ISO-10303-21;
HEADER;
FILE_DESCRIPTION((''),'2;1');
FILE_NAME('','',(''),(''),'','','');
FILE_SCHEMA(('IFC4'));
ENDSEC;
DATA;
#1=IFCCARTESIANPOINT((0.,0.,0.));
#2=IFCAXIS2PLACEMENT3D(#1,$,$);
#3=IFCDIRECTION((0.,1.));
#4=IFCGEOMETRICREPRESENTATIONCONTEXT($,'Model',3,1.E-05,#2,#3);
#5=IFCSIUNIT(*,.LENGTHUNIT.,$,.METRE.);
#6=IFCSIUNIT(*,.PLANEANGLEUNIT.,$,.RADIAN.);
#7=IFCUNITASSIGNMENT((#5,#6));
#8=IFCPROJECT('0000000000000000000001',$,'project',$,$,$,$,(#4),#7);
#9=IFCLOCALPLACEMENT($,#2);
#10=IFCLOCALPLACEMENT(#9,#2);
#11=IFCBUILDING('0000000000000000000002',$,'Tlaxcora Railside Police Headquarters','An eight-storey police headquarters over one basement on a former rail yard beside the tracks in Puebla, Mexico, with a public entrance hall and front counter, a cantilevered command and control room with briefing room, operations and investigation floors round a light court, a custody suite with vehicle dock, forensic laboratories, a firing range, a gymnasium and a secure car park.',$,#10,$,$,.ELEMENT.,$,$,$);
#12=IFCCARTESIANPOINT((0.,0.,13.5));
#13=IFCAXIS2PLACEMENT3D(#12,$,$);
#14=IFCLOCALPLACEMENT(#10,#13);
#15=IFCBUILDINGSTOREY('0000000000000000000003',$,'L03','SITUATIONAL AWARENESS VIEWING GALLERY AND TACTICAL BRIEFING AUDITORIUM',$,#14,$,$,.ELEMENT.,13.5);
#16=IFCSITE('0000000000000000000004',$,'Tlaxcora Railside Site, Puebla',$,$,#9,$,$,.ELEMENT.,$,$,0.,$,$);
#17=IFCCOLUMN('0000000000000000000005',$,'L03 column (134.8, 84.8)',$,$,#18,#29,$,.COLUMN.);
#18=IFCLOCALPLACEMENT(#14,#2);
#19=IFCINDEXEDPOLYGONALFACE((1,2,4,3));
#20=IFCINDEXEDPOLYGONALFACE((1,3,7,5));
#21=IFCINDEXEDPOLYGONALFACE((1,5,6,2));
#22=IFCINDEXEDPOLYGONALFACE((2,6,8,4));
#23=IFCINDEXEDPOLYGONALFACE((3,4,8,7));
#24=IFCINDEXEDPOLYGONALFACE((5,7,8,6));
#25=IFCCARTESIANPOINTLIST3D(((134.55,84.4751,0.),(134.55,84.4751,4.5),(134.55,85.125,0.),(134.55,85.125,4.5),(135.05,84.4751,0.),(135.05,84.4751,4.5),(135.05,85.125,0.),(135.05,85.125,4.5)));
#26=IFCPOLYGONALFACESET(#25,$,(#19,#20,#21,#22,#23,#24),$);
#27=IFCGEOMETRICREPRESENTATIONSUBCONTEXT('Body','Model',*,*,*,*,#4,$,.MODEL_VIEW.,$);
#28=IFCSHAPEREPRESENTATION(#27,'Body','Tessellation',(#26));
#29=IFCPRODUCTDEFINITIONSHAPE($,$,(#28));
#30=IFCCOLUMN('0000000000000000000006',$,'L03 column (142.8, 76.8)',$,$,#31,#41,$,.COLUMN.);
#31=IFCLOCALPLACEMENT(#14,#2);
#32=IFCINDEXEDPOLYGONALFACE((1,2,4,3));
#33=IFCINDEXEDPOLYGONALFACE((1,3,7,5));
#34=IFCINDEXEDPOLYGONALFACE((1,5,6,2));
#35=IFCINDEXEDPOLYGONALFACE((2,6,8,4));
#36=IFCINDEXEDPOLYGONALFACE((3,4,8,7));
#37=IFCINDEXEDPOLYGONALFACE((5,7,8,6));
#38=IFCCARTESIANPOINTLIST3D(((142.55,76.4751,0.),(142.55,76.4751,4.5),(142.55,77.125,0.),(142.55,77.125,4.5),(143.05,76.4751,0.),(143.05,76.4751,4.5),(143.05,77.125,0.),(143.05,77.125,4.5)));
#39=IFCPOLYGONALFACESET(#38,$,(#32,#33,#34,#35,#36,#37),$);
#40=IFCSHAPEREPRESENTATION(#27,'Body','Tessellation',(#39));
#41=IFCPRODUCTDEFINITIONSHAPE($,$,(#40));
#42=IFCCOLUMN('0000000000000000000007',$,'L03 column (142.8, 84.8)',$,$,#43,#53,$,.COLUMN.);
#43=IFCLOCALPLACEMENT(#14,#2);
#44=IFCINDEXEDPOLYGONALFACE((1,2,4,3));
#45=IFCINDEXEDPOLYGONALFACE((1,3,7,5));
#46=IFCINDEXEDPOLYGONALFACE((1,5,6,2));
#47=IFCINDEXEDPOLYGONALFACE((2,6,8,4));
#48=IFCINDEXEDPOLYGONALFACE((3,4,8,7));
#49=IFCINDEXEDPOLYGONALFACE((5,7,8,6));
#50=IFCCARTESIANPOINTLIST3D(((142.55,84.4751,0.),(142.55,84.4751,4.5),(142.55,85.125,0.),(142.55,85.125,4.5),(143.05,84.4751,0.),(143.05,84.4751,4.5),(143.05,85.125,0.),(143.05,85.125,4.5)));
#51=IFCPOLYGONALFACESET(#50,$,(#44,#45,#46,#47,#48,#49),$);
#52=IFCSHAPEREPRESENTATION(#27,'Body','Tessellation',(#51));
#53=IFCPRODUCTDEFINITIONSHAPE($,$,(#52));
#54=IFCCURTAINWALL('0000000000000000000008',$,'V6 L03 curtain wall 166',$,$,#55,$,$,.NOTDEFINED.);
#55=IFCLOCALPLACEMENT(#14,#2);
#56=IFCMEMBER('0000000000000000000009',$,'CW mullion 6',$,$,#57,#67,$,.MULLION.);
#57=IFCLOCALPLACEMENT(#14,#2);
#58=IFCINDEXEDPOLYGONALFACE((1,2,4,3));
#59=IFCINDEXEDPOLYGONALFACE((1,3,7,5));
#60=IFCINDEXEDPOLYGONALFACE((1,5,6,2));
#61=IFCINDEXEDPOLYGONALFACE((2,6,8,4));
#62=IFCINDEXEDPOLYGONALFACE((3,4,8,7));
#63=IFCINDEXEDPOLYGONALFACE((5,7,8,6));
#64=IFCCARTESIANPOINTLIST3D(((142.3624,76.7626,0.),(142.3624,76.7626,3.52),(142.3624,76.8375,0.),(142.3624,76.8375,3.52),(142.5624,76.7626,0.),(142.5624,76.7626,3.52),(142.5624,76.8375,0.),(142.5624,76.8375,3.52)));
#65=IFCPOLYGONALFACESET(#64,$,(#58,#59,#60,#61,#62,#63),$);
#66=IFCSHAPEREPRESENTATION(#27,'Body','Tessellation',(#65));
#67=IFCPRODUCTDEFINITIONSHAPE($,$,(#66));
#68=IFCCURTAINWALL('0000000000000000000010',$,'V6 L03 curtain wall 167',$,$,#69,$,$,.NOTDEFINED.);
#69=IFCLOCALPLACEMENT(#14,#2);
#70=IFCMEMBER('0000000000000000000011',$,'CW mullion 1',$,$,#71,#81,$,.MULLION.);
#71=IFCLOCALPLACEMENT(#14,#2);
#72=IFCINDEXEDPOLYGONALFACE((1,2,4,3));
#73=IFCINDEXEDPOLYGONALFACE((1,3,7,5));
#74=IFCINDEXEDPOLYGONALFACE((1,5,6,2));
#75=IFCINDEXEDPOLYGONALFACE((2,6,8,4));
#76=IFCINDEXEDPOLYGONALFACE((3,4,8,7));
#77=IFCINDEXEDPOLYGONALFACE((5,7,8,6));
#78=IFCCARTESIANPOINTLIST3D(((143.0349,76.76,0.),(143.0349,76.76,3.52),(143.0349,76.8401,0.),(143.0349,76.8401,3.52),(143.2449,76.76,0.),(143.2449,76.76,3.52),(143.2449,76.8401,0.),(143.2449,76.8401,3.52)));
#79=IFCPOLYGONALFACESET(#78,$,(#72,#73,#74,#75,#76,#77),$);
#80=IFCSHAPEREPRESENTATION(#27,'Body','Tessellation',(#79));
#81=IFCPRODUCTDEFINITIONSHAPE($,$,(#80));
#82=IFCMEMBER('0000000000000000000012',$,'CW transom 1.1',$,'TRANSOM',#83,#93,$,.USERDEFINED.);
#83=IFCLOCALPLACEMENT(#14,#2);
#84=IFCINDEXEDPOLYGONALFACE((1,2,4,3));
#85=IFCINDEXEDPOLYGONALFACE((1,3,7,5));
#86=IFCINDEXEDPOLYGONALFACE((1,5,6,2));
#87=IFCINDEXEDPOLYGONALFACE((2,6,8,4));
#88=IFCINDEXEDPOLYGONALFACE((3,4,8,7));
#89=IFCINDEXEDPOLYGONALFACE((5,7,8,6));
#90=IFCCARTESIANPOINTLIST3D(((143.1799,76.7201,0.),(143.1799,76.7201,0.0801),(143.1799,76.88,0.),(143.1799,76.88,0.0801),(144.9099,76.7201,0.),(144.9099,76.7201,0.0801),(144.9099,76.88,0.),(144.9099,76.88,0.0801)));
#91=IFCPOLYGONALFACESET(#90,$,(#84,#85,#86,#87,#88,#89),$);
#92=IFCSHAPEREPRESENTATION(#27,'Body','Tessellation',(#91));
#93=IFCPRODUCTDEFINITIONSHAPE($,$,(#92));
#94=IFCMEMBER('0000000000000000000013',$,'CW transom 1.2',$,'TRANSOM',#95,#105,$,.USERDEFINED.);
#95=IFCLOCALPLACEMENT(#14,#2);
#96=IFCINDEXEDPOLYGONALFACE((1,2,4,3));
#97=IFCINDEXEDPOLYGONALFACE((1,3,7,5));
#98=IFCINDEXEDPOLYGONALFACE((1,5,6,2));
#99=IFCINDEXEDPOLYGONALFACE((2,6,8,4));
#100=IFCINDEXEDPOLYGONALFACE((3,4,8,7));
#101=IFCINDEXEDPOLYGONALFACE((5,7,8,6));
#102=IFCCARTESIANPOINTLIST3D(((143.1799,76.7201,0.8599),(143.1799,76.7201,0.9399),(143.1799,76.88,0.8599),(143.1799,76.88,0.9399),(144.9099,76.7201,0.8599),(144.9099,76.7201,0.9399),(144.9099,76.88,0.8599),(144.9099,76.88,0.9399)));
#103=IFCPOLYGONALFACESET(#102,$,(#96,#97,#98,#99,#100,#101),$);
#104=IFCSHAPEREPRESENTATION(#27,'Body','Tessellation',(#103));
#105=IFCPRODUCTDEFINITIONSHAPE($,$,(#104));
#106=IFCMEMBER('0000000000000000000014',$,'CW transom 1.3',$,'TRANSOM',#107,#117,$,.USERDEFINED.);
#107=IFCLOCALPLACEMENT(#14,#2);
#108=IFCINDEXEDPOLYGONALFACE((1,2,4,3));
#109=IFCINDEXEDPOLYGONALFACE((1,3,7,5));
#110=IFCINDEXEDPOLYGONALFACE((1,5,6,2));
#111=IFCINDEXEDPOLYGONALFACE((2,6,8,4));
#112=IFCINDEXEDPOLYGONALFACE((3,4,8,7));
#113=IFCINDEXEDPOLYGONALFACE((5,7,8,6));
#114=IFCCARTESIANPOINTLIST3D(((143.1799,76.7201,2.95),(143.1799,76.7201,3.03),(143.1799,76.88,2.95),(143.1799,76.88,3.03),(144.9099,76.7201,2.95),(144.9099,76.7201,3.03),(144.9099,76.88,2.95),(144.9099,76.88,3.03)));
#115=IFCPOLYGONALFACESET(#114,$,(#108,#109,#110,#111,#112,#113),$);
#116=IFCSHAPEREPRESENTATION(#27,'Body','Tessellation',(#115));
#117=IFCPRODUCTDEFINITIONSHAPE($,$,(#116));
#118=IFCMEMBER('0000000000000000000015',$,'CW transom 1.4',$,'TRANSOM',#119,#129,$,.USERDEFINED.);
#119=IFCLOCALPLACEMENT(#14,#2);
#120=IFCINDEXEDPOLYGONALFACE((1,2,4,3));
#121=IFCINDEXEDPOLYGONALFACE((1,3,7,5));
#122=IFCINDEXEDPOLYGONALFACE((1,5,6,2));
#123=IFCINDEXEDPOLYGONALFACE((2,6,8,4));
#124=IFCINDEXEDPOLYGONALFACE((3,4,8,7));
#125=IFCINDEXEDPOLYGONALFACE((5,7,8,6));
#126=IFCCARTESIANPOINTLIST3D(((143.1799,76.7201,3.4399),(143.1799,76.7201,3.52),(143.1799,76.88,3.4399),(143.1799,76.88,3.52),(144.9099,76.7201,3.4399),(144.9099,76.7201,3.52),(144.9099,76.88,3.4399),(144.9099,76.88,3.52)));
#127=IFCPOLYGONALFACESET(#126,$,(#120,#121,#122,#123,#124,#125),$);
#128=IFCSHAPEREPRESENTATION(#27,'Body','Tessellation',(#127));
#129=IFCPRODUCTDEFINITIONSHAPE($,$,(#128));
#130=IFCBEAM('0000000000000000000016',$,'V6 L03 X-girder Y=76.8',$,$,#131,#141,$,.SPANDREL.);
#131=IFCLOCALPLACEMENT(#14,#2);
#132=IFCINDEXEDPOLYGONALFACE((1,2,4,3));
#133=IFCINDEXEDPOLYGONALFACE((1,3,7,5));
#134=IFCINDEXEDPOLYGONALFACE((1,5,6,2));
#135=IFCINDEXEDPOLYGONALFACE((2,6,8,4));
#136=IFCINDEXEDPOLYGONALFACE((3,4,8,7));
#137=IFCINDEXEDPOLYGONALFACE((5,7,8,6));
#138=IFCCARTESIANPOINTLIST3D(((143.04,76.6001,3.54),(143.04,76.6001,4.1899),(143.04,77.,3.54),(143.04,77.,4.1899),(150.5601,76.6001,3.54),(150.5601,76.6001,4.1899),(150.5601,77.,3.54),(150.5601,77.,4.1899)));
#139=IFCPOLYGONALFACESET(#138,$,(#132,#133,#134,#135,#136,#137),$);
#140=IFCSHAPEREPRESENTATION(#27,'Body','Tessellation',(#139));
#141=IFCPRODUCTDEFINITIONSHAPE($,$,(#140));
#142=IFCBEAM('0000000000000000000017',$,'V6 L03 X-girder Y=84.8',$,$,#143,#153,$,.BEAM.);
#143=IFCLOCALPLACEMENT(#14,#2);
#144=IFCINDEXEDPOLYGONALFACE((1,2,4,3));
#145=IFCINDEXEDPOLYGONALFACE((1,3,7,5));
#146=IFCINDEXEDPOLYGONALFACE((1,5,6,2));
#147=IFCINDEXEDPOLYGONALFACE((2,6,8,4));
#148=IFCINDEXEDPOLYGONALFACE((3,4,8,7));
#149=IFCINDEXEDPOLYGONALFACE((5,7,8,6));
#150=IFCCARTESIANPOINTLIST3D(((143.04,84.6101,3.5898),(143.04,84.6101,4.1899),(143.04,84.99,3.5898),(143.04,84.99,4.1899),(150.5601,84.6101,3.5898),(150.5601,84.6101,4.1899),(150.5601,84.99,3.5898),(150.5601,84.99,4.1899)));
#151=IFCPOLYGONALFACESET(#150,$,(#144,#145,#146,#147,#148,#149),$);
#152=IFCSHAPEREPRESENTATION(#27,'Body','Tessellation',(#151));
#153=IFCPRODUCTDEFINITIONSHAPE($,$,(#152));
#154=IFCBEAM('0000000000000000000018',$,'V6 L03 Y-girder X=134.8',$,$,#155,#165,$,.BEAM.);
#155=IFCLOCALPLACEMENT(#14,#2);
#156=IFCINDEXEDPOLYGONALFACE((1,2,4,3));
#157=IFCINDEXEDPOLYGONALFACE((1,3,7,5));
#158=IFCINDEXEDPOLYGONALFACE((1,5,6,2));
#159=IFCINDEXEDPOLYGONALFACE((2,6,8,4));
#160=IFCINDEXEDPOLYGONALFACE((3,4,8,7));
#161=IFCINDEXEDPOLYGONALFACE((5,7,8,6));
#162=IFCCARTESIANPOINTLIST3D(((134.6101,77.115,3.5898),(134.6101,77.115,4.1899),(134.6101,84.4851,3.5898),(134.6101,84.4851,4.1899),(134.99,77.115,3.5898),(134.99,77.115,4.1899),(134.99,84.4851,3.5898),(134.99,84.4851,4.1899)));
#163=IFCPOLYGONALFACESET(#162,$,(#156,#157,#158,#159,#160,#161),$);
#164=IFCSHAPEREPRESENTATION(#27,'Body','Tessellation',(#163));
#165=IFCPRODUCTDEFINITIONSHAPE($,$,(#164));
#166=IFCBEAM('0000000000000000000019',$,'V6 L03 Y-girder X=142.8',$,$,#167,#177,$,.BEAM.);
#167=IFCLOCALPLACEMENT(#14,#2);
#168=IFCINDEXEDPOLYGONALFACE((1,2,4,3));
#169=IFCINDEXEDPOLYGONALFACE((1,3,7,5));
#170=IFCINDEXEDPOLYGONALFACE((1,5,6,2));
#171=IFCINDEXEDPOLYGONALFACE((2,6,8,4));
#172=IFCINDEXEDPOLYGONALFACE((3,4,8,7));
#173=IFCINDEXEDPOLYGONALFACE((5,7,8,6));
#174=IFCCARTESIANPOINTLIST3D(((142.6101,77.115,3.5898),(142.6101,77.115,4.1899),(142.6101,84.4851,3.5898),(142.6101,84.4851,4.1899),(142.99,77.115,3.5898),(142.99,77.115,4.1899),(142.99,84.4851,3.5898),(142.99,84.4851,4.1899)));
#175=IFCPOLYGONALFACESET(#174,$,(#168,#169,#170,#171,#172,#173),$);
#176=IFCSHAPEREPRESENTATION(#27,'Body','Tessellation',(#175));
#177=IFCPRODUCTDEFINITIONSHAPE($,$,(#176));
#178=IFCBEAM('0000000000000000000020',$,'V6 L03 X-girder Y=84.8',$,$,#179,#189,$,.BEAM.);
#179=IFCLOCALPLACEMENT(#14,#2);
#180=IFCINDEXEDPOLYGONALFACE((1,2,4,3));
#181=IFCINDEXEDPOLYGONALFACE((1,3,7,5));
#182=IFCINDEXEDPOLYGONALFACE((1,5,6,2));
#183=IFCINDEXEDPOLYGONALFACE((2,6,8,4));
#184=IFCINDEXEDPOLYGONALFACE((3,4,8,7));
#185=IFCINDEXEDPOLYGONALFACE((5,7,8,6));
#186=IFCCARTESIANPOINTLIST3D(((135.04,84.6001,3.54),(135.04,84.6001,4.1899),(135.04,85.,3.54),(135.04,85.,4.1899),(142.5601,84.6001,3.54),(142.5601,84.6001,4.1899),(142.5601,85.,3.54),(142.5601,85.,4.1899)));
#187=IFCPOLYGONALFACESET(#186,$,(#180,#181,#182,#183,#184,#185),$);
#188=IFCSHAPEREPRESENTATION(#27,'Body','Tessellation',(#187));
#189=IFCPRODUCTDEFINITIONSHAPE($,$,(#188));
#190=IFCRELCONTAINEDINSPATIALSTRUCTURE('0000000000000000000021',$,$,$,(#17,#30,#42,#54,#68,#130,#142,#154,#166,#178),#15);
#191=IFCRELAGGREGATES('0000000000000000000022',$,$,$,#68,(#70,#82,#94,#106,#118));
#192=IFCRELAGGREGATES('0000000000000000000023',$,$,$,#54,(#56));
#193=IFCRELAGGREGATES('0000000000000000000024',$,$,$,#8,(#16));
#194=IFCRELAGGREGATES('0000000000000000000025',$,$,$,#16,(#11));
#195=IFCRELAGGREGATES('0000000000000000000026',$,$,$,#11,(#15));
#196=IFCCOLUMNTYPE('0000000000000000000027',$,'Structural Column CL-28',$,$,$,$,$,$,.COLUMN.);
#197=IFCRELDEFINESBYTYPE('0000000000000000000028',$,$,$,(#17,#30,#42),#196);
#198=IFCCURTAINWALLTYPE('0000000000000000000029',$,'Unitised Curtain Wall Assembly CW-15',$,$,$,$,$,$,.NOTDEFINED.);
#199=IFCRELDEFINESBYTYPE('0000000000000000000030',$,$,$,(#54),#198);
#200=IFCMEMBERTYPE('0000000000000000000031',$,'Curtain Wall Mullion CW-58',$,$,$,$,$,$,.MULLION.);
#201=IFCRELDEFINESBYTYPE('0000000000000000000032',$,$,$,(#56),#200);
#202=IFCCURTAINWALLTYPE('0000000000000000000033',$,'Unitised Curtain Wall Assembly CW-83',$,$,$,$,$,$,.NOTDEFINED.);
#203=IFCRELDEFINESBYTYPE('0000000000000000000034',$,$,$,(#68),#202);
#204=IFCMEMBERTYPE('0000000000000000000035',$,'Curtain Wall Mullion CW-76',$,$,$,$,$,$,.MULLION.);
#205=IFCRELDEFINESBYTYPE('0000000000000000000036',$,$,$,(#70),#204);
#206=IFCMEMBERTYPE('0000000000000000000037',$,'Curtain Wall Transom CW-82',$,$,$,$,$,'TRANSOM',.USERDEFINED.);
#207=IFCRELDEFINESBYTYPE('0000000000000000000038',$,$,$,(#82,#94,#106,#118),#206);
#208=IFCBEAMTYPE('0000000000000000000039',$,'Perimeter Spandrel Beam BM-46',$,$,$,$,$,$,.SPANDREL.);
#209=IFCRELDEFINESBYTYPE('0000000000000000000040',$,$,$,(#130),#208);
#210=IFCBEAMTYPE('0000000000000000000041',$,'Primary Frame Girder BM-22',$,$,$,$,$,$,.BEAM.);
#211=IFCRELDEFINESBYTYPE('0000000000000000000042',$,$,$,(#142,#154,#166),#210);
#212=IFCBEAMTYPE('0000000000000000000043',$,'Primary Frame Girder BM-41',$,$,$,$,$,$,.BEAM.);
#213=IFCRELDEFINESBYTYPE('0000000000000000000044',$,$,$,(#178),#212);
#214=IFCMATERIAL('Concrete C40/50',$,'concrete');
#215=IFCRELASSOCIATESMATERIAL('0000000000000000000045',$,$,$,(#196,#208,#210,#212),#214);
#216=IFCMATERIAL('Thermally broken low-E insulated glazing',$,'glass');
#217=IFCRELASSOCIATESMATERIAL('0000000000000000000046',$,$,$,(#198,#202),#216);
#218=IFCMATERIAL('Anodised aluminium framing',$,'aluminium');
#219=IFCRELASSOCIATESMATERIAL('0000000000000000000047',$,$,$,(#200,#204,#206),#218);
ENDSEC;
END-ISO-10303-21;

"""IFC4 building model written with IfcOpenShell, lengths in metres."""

from ifc_helpers import new_model, si_unit, direction, frame, origin, origin_2d, place, context, subcontext, project, spatial, rectangle, extrude, material, material_profile, profile_set, type_object, element, aggregate, save


model = new_model("IFC4")

# Units and contexts
model_context = context("Model", 3, precision=1e-05, world=origin(), true_north=direction((0.0, 1.0)))
body_context = subcontext(model_context, "Body", "Model", "MODEL_VIEW")
ifc_project = project(units=[si_unit("LENGTHUNIT", "METRE"), si_unit("PLANEANGLEUNIT", "RADIAN")], contexts=[model_context])

# Site, building, storey
site_placement = place(None, origin())
site = spatial("IfcSite", under=ifc_project, at=site_placement, Name="Tlaxcora Railside Site, Puebla", CompositionType="ELEMENT", RefElevation=0.0)
building_placement = place(site_placement, origin())
building = spatial("IfcBuilding", under=site, at=building_placement, Name="Tlaxcora Railside Police Headquarters", Description="An eight-storey police headquarters over one basement on a former rail yard beside the tracks in Puebla, Mexico, with a public entrance hall and front counter, a cantilevered command and control room with briefing room, operations and investigation floors round a light court, a custody suite with vehicle dock, forensic laboratories, a firing range, a gymnasium and a secure car park.", CompositionType="ELEMENT")
storey_placement = place(building_placement, frame((0.0, 0.0, 13.5)))
storey = spatial("IfcBuildingStorey", under=building, at=storey_placement, Name="L03", Description="SITUATIONAL AWARENESS VIEWING GALLERY AND TACTICAL BRIEFING AUDITORIUM", CompositionType="ELEMENT", Elevation=13.5)

# Columns
ifc_material_1 = material(Name="Concrete C40/50", Category="concrete")
ifc_material_profile_1 = material_profile(ifc_material_1, rectangle(XDim=0.5, YDim=0.6499, at=origin_2d()), Name="RC500X650")
ifc_profile_set_1 = profile_set([ifc_material_profile_1], Name="Concrete C40/50")
column_type = type_object("IfcColumnType", Name="Structural Column CL-28", PredefinedType="COLUMN", material=ifc_profile_set_1)
for number, where, z_axis, x_axis, name in (
    (1, (134.8, 84.8, 0.0), (0.0, 0.0, 1.0), (1.0, 0.0, 0.0), "L03 column (134.8, 84.8)"),
    (2, (142.8, 76.8, 0.0), (0.0, 0.0, 1.0), (1.0, 0.0, 0.0), "L03 column (142.8, 76.8)"),
    (3, (142.8, 84.8, 0.0), (0.0, 0.0, 1.0), (1.0, 0.0, 0.0), "L03 column (142.8, 84.8)"),
):
    element("IfcColumn", number, at=place(storey_placement, frame(where, z_axis=z_axis, x_axis=x_axis)), inside=storey, type_object=column_type, Name=name, PredefinedType="COLUMN", context=body_context, shape_type="SweptSolid", body=[
        extrude(rectangle(XDim=0.5, YDim=0.6499, at=origin_2d()), origin(), (0.0, 0.0, 1.0), 4.5),
    ])

# Curtain wall, member
ifc_material_2 = material(Name="Thermally broken low-E insulated glazing", Category="glass")
curtain_wall_type_1 = type_object("IfcCurtainWallType", Name="Unitised Curtain Wall Assembly CW-15", PredefinedType="NOTDEFINED", material=ifc_material_2)
curtain_wall_1_placement = place(storey_placement, origin())
curtain_wall_1 = element("IfcCurtainWall", 4, at=curtain_wall_1_placement, inside=storey, type_object=curtain_wall_type_1, Name="V6 L03 curtain wall 166", PredefinedType="NOTDEFINED")
ifc_material_3 = material(Name="Anodised aluminium framing", Category="aluminium")
ifc_material_profile_2 = material_profile(ifc_material_3, rectangle(XDim=0.075, YDim=0.2, at=origin_2d()), Name="AL75X200")
ifc_profile_set_2 = profile_set([ifc_material_profile_2], Name="Anodised aluminium framing")
member_type_1 = type_object("IfcMemberType", Name="Curtain Wall Mullion CW-58", PredefinedType="MULLION", material=ifc_profile_set_2)
member_1_placement = place(storey_placement, frame((142.4624, 76.8, 0.0), z_axis=(0.0, 0.0, 1.0), x_axis=(0.0, 1.0, 0.0)))
member_1 = element("IfcMember", 5, at=member_1_placement, type_object=member_type_1, Name="CW mullion 6", PredefinedType="MULLION", context=body_context, shape_type="SweptSolid", body=[
    extrude(rectangle(XDim=0.075, YDim=0.2, at=origin_2d()), origin(), (0.0, 0.0, 1.0), 3.52),
])

# Curtain wall, members
curtain_wall_type_2 = type_object("IfcCurtainWallType", Name="Unitised Curtain Wall Assembly CW-83", PredefinedType="NOTDEFINED", material=ifc_material_2)
curtain_wall_2_placement = place(storey_placement, origin())
curtain_wall_2 = element("IfcCurtainWall", 6, at=curtain_wall_2_placement, inside=storey, type_object=curtain_wall_type_2, Name="V6 L03 curtain wall 167", PredefinedType="NOTDEFINED")
ifc_material_profile_3 = material_profile(ifc_material_3, rectangle(XDim=0.0801, YDim=0.21, at=origin_2d()), Name="AL80X210")
ifc_profile_set_3 = profile_set([ifc_material_profile_3], Name="Anodised aluminium framing")
member_type_2 = type_object("IfcMemberType", Name="Curtain Wall Mullion CW-76", PredefinedType="MULLION", material=ifc_profile_set_3)
member_2_placement = place(storey_placement, frame((143.1399, 76.8, 0.0), z_axis=(0.0, 0.0, 1.0), x_axis=(0.0, 1.0, 0.0)))
member_2 = element("IfcMember", 7, at=member_2_placement, type_object=member_type_2, Name="CW mullion 1", PredefinedType="MULLION", context=body_context, shape_type="SweptSolid", body=[
    extrude(rectangle(XDim=0.0801, YDim=0.21, at=origin_2d()), origin(), (0.0, 0.0, 1.0), 3.52),
])
ifc_material_profile_4 = material_profile(ifc_material_3, rectangle(XDim=0.1599, YDim=0.0801, at=origin_2d()), Name="AL80X160")
ifc_profile_set_4 = profile_set([ifc_material_profile_4], Name="Anodised aluminium framing")
member_type_3 = type_object("IfcMemberType", Name="Curtain Wall Transom CW-82", ElementType="TRANSOM", PredefinedType="USERDEFINED", material=ifc_profile_set_4)
member_3_placement = place(storey_placement, frame((143.1799, 76.8, 0.04), z_axis=(1.0, 0.0, 0.0), x_axis=(0.0, 1.0, 0.0)))
member_3 = element("IfcMember", 8, at=member_3_placement, type_object=member_type_3, Name="CW transom 1.1", ObjectType="TRANSOM", PredefinedType="USERDEFINED", context=body_context, shape_type="SweptSolid", body=[
    extrude(rectangle(XDim=0.1599, YDim=0.0801, at=origin_2d()), origin(), (0.0, 0.0, 1.0), 1.73),
])
member_4_placement = place(storey_placement, frame((143.1799, 76.8, 0.8999), z_axis=(1.0, 0.0, 0.0), x_axis=(0.0, 1.0, 0.0)))
member_4 = element("IfcMember", 9, at=member_4_placement, type_object=member_type_3, Name="CW transom 1.2", ObjectType="TRANSOM", PredefinedType="USERDEFINED", context=body_context, shape_type="SweptSolid", body=[
    extrude(rectangle(XDim=0.1599, YDim=0.0801, at=origin_2d()), origin(), (0.0, 0.0, 1.0), 1.73),
])
member_5_placement = place(storey_placement, frame((143.1799, 76.8, 2.99), z_axis=(1.0, 0.0, 0.0), x_axis=(0.0, 1.0, 0.0)))
member_5 = element("IfcMember", 10, at=member_5_placement, type_object=member_type_3, Name="CW transom 1.3", ObjectType="TRANSOM", PredefinedType="USERDEFINED", context=body_context, shape_type="SweptSolid", body=[
    extrude(rectangle(XDim=0.1599, YDim=0.0801, at=origin_2d()), origin(), (0.0, 0.0, 1.0), 1.73),
])
member_6_placement = place(storey_placement, frame((143.1799, 76.8, 3.48), z_axis=(1.0, 0.0, 0.0), x_axis=(0.0, 1.0, 0.0)))
member_6 = element("IfcMember", 11, at=member_6_placement, type_object=member_type_3, Name="CW transom 1.4", ObjectType="TRANSOM", PredefinedType="USERDEFINED", context=body_context, shape_type="SweptSolid", body=[
    extrude(rectangle(XDim=0.1599, YDim=0.0801, at=origin_2d()), origin(), (0.0, 0.0, 1.0), 1.73),
])
aggregate(curtain_wall_2, [member_2, member_3, member_4, member_5, member_6])

# Beams
ifc_material_profile_5 = material_profile(ifc_material_1, rectangle(XDim=0.3999, YDim=0.6499, at=origin_2d()), Name="RC400X650")
ifc_profile_set_5 = profile_set([ifc_material_profile_5], Name="Concrete C40/50")
beam_type_1 = type_object("IfcBeamType", Name="Perimeter Spandrel Beam BM-46", PredefinedType="SPANDREL", material=ifc_profile_set_5)
beam_1_placement = place(storey_placement, frame((143.04, 76.8, 3.865), z_axis=(1.0, 0.0, 0.0), x_axis=(0.0, 1.0, 0.0)))
element("IfcBeam", 12, at=beam_1_placement, inside=storey, type_object=beam_type_1, Name="V6 L03 X-girder Y=76.8", PredefinedType="SPANDREL", context=body_context, shape_type="SweptSolid", body=[
    extrude(rectangle(XDim=0.3999, YDim=0.6499, at=origin_2d()), origin(), (0.0, 0.0, 1.0), 7.52),
])
ifc_material_profile_6 = material_profile(ifc_material_1, rectangle(XDim=0.3799, YDim=0.6001, at=origin_2d()), Name="RC380X600")
ifc_profile_set_6 = profile_set([ifc_material_profile_6], Name="Concrete C40/50")
beam_type_2 = type_object("IfcBeamType", Name="Primary Frame Girder BM-22", PredefinedType="BEAM", material=ifc_profile_set_6)
beam_2_placement = place(storey_placement, frame((143.04, 84.8, 3.8899), z_axis=(1.0, 0.0, 0.0), x_axis=(0.0, 1.0, 0.0)))
element("IfcBeam", 13, at=beam_2_placement, inside=storey, type_object=beam_type_2, Name="V6 L03 X-girder Y=84.8", PredefinedType="BEAM", context=body_context, shape_type="SweptSolid", body=[
    extrude(rectangle(XDim=0.3799, YDim=0.6001, at=origin_2d()), origin(), (0.0, 0.0, 1.0), 7.52),
])
for number, where, z_axis, x_axis, name in (
    (14, (134.8, 77.115, 3.8899), (0.0, 1.0, 0.0), (-1.0, 0.0, 0.0), "V6 L03 Y-girder X=134.8"),
    (15, (142.8, 77.115, 3.8899), (0.0, 1.0, 0.0), (-1.0, 0.0, 0.0), "V6 L03 Y-girder X=142.8"),
):
    element("IfcBeam", number, at=place(storey_placement, frame(where, z_axis=z_axis, x_axis=x_axis)), inside=storey, type_object=beam_type_2, Name=name, PredefinedType="BEAM", context=body_context, shape_type="SweptSolid", body=[
        extrude(rectangle(XDim=0.3799, YDim=0.6001, at=origin_2d()), origin(), (0.0, 0.0, 1.0), 7.3701),
    ])
ifc_material_profile_7 = material_profile(ifc_material_1, rectangle(XDim=0.3999, YDim=0.6499, at=origin_2d()), Name="RC400X650")
ifc_profile_set_7 = profile_set([ifc_material_profile_7], Name="Concrete C40/50")
beam_type_3 = type_object("IfcBeamType", Name="Primary Frame Girder BM-41", PredefinedType="BEAM", material=ifc_profile_set_7)
beam_3_placement = place(storey_placement, frame((135.04, 84.8, 3.865), z_axis=(1.0, 0.0, 0.0), x_axis=(0.0, 1.0, 0.0)))
element("IfcBeam", 16, at=beam_3_placement, inside=storey, type_object=beam_type_3, Name="V6 L03 X-girder Y=84.8", PredefinedType="BEAM", context=body_context, shape_type="SweptSolid", body=[
    extrude(rectangle(XDim=0.3999, YDim=0.6499, at=origin_2d()), origin(), (0.0, 0.0, 1.0), 7.52),
])

aggregate(curtain_wall_1, [member_1])

save(model, "model.ifc")
